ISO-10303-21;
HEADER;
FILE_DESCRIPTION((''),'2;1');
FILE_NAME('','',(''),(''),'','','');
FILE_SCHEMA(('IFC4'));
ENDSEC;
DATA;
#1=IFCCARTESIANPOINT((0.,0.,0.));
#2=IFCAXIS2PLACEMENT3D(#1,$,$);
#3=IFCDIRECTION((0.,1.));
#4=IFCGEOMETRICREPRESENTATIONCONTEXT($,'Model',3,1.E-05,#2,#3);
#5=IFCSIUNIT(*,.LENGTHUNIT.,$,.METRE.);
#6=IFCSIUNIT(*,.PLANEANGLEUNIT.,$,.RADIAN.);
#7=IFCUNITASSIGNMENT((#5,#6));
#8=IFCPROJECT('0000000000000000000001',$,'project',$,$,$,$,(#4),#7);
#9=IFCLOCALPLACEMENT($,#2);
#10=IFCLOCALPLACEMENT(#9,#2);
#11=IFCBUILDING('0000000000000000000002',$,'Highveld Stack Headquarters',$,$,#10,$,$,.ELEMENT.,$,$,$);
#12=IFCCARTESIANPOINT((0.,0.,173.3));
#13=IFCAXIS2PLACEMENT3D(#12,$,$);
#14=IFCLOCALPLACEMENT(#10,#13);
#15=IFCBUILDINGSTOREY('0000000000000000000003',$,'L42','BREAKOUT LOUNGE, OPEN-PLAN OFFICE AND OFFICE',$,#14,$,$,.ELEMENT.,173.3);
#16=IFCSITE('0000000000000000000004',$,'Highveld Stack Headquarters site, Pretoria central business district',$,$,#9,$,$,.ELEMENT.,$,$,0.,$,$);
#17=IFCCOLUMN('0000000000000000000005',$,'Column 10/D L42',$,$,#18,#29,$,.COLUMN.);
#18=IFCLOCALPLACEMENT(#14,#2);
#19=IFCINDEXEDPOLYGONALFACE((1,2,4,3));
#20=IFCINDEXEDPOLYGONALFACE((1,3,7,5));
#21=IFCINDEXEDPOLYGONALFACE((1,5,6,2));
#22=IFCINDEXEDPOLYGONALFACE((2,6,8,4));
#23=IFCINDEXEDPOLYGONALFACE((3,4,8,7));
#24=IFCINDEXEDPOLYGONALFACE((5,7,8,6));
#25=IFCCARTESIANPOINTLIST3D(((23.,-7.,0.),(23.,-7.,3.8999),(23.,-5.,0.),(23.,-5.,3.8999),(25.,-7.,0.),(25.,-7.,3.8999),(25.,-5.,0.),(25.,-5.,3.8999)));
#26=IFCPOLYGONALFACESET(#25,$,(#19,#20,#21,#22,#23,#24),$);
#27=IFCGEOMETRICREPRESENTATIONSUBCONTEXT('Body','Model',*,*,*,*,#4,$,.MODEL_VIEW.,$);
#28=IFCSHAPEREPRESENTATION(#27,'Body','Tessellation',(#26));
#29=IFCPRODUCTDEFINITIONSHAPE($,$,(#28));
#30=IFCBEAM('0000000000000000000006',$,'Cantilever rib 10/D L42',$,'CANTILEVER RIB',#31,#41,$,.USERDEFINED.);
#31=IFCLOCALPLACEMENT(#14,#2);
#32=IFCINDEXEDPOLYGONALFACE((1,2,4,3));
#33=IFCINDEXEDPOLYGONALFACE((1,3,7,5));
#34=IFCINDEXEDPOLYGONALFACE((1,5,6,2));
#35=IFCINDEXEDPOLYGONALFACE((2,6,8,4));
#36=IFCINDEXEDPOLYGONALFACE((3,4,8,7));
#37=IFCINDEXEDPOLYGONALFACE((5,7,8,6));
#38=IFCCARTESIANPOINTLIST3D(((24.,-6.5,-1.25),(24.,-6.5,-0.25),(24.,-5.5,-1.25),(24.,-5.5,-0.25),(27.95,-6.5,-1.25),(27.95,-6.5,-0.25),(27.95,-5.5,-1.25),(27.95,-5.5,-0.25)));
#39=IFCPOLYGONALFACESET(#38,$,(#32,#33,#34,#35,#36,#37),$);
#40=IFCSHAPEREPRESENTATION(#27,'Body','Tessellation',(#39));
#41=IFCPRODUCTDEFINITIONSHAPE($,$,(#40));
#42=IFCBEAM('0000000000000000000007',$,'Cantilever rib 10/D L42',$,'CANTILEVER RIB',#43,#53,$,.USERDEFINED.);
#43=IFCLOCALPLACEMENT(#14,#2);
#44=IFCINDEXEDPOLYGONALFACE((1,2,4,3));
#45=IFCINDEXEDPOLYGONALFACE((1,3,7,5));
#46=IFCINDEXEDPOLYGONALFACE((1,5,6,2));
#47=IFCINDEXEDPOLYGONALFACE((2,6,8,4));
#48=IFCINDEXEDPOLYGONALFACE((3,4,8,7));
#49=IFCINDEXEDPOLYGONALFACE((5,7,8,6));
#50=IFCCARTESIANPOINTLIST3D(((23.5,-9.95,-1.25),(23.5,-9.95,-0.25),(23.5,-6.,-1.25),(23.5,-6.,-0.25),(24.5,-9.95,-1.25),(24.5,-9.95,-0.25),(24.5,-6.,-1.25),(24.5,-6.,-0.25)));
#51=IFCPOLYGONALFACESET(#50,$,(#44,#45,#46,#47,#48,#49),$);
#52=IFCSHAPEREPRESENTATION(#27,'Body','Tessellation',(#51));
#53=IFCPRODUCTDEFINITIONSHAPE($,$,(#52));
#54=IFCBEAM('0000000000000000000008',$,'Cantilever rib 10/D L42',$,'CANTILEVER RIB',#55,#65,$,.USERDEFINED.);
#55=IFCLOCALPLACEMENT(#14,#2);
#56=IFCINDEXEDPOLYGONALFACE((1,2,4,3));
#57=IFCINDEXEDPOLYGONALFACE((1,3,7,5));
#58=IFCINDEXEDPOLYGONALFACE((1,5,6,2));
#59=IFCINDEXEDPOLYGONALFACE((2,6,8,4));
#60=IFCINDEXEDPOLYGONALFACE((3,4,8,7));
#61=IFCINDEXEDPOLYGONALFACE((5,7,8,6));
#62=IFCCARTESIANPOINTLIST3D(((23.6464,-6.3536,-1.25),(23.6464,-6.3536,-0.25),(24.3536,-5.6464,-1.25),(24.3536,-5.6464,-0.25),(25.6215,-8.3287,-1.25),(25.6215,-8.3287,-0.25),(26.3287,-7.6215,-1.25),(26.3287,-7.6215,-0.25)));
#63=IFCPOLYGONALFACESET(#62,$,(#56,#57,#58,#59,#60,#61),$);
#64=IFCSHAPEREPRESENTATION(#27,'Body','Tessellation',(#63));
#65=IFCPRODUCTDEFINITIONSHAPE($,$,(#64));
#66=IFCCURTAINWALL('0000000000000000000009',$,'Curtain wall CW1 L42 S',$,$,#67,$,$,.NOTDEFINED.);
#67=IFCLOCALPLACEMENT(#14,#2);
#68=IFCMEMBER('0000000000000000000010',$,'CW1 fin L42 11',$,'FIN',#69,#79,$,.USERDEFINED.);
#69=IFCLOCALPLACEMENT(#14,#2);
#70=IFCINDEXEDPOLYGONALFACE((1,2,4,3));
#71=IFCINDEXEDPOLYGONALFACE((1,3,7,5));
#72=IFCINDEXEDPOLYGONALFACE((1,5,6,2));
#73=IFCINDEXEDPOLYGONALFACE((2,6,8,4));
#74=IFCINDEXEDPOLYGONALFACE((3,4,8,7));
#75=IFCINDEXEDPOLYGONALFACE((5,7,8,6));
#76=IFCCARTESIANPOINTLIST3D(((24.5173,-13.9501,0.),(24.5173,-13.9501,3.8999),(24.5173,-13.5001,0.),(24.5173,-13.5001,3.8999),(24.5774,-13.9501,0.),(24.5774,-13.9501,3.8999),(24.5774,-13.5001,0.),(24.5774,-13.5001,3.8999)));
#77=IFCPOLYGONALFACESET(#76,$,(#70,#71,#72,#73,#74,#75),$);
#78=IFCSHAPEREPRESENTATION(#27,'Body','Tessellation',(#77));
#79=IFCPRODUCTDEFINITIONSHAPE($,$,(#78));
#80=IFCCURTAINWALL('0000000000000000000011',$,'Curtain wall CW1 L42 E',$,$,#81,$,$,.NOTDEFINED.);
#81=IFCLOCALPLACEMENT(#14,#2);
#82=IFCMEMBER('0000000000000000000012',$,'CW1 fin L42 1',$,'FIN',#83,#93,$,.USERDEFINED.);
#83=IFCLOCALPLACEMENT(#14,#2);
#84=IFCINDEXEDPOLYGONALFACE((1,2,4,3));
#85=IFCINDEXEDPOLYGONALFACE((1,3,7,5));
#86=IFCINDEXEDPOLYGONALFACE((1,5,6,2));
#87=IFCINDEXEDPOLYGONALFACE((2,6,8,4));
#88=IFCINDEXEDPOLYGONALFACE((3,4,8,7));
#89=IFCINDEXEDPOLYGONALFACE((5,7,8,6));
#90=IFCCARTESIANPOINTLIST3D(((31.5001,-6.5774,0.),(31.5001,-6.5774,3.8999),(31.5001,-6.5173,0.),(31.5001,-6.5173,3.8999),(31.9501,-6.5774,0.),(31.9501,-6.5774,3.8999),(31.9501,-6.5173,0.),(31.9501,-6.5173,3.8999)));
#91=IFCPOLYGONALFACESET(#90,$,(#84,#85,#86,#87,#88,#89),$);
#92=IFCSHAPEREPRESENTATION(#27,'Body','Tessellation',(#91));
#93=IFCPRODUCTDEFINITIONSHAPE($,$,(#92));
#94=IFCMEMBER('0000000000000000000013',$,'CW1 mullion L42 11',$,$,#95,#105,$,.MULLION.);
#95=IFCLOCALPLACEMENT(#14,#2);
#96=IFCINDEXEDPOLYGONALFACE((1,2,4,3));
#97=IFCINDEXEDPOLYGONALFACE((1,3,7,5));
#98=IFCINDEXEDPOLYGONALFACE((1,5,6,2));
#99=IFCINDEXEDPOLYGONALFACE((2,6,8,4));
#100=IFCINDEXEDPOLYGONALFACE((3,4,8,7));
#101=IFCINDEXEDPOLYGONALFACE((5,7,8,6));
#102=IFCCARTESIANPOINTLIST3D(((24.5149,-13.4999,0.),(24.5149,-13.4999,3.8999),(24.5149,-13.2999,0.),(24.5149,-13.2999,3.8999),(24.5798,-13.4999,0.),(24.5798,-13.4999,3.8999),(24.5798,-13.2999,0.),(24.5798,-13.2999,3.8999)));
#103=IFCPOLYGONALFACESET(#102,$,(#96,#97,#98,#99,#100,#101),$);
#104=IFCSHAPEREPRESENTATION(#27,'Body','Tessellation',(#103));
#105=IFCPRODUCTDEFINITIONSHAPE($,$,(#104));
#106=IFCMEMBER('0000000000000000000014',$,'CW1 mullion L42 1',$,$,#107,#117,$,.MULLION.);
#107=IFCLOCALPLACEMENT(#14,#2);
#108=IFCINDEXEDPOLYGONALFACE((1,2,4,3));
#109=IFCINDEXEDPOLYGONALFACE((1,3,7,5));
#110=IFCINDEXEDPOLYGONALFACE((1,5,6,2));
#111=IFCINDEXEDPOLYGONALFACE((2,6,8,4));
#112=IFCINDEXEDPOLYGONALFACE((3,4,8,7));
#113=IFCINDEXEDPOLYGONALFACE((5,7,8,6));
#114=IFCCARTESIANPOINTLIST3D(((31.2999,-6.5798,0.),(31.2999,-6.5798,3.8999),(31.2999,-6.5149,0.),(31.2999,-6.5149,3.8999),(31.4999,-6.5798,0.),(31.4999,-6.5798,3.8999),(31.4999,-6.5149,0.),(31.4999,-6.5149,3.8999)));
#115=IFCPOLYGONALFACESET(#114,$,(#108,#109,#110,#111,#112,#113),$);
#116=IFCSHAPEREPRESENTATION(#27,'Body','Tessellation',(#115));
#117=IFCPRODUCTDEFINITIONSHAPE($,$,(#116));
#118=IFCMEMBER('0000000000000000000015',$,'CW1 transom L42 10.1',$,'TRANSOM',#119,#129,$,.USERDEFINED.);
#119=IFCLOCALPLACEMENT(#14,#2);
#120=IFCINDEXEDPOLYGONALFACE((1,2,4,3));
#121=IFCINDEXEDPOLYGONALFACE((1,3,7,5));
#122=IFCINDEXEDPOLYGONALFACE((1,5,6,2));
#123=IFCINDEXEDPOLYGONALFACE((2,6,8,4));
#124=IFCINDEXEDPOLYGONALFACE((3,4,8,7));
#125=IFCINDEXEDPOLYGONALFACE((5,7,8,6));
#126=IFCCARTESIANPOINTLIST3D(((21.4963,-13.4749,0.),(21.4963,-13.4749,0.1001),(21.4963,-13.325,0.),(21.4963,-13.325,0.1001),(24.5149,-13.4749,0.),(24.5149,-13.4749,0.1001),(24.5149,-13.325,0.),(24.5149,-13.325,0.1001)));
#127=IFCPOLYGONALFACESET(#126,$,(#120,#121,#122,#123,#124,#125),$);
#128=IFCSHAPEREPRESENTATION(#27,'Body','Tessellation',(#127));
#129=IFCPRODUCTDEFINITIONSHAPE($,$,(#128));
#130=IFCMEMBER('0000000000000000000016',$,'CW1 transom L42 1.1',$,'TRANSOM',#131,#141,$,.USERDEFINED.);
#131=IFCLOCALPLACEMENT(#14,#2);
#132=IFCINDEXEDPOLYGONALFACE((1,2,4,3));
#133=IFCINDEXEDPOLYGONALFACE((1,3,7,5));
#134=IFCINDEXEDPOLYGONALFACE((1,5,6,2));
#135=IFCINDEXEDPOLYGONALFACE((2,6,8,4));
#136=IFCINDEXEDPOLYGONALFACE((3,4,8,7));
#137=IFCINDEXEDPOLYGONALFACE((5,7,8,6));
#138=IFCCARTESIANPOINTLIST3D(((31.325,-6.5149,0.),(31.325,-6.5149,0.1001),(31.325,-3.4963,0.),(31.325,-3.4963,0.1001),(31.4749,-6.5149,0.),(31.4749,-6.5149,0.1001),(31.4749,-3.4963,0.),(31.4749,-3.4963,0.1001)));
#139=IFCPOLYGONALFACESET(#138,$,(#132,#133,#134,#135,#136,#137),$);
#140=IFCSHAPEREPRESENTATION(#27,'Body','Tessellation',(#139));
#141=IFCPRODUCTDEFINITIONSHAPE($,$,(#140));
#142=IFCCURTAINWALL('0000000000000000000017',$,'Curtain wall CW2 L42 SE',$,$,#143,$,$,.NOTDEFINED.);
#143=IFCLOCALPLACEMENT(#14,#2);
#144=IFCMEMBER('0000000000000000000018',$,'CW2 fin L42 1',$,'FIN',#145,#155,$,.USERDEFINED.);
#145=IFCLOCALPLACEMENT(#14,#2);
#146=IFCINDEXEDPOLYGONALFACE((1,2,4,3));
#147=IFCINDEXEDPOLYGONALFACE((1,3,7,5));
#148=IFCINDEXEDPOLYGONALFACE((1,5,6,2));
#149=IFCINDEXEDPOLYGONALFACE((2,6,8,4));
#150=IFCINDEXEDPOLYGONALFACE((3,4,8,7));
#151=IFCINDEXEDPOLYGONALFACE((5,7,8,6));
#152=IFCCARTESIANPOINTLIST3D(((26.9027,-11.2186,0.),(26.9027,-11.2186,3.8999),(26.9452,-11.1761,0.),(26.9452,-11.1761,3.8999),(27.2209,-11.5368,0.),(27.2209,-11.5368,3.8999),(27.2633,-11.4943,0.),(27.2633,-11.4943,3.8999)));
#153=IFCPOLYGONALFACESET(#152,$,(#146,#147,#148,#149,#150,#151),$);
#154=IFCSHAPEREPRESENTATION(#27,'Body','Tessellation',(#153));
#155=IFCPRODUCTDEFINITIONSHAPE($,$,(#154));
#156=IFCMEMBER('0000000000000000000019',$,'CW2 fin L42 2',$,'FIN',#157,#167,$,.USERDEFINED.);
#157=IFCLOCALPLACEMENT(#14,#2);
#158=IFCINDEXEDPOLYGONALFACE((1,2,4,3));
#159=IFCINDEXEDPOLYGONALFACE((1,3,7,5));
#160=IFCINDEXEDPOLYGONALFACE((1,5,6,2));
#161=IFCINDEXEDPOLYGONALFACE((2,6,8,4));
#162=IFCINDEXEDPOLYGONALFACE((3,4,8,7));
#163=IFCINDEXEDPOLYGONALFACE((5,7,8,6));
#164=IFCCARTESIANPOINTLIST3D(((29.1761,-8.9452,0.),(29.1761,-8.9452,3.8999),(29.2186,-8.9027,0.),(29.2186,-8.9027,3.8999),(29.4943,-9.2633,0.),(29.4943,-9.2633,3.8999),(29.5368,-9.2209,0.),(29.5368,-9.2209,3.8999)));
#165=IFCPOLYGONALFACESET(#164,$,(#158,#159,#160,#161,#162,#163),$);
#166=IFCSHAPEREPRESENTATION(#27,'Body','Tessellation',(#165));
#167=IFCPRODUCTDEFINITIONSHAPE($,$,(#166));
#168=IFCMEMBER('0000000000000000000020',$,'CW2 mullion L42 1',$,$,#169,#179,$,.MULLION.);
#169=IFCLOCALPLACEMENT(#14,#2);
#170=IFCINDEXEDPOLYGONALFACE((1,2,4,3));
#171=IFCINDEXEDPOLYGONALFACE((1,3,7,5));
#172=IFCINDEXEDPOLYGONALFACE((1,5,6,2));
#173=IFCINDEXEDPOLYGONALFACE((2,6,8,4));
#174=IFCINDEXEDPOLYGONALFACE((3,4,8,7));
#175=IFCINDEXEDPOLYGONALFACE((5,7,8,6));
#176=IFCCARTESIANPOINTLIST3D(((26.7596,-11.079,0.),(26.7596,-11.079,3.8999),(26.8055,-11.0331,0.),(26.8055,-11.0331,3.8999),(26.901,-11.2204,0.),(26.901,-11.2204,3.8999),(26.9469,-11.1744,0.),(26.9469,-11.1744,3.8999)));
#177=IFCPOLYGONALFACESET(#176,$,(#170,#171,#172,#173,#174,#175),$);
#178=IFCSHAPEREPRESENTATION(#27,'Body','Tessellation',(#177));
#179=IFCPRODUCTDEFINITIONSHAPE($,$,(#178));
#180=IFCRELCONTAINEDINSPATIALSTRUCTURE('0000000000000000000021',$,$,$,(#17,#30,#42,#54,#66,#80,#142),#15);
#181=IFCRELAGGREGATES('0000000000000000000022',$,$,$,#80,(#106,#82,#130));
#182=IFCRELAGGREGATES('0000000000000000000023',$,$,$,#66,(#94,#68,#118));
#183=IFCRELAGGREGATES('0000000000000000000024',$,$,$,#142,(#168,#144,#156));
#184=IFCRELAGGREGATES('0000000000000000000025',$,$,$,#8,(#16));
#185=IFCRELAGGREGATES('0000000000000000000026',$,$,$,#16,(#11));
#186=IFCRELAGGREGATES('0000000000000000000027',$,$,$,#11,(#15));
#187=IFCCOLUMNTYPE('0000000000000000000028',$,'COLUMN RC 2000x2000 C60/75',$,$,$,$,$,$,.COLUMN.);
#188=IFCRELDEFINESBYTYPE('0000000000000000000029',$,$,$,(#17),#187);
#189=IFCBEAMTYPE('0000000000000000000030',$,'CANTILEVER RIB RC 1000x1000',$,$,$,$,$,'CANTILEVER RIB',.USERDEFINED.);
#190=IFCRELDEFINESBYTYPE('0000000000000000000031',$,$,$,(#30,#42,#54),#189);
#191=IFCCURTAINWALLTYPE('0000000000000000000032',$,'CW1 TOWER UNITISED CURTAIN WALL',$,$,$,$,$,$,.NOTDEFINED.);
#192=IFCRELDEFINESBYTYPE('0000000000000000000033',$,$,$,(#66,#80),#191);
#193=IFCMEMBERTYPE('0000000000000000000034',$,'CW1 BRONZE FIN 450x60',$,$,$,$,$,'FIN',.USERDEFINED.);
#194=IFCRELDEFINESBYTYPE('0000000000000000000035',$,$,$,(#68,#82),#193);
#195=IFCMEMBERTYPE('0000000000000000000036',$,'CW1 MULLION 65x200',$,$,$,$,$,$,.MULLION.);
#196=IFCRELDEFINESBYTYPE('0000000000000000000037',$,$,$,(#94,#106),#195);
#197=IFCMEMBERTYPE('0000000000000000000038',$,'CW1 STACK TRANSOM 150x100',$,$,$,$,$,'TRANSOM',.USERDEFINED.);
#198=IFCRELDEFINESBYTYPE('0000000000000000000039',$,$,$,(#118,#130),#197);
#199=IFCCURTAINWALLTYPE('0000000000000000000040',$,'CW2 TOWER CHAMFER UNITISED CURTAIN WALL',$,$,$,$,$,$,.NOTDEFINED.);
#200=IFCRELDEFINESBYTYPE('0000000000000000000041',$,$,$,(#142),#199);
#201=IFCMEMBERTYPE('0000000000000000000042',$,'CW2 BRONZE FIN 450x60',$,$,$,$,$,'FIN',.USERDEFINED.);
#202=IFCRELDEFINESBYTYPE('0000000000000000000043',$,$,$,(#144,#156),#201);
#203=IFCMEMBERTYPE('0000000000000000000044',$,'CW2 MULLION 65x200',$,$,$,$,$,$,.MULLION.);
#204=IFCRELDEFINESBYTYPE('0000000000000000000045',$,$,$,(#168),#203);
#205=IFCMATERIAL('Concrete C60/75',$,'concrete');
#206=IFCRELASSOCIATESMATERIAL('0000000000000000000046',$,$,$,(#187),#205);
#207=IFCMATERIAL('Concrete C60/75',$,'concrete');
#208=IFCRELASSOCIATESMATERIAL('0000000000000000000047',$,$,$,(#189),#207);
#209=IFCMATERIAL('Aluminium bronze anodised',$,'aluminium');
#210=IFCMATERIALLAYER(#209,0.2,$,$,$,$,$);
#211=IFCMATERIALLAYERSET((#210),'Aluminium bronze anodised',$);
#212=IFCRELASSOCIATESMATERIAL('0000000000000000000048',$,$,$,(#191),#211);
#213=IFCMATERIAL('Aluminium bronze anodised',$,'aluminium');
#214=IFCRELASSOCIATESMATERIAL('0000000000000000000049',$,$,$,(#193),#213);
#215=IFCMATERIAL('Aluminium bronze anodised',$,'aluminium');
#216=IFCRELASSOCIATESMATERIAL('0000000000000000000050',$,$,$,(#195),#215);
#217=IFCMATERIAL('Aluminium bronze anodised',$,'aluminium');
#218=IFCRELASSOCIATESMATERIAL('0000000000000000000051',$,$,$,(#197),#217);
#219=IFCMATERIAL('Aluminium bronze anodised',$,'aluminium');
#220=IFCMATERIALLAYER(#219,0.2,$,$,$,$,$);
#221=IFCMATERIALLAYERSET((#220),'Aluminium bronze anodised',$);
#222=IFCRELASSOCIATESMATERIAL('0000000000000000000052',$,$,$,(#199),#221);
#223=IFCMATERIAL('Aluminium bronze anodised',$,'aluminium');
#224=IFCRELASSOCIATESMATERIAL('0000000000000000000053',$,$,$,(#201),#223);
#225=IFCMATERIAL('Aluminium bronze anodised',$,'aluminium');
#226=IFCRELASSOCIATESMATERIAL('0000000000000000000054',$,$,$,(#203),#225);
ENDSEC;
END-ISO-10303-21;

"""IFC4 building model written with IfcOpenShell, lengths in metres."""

from ifc_helpers import new_model, si_unit, direction, frame, origin, origin_2d, place, context, subcontext, project, spatial, rectangle, extrude, material, layer, layer_set, material_profile, profile_set, type_object, element, aggregate, save


model = new_model("IFC4")

# Units and contexts
model_context = context("Model", 3, precision=1e-05, world=origin(), true_north=direction((0.0, 1.0)))
body_context = subcontext(model_context, "Body", "Model", "MODEL_VIEW")
ifc_project = project(units=[si_unit("LENGTHUNIT", "METRE"), si_unit("PLANEANGLEUNIT", "RADIAN")], contexts=[model_context])

# Site, building, storey
site_placement = place(None, origin())
site = spatial("IfcSite", under=ifc_project, at=site_placement, Name="Highveld Stack Headquarters site, Pretoria central business district", CompositionType="ELEMENT", RefElevation=0.0)
building_placement = place(site_placement, origin())
building = spatial("IfcBuilding", under=site, at=building_placement, Name="Highveld Stack Headquarters", CompositionType="ELEMENT")
storey_placement = place(building_placement, frame((0.0, 0.0, 173.3)))
storey = spatial("IfcBuildingStorey", under=building, at=storey_placement, Name="L42", Description="BREAKOUT LOUNGE, OPEN-PLAN OFFICE AND OFFICE", CompositionType="ELEMENT", Elevation=173.3)

# Column
ifc_material_1 = material(Name="Concrete C60/75", Category="concrete")
ifc_material_profile_1 = material_profile(ifc_material_1, rectangle(XDim=2.0, YDim=2.0, at=origin_2d()), Name="RC 2000x2000")
ifc_profile_set_1 = profile_set([ifc_material_profile_1], Name="Concrete C60/75")
column_type = type_object("IfcColumnType", Name="COLUMN RC 2000x2000 C60/75", PredefinedType="COLUMN", material=ifc_profile_set_1)
column_placement = place(storey_placement, frame((24.0, -6.0, 0.0), z_axis=(0.0, 0.0, 1.0), x_axis=(1.0, 0.0, 0.0)))
element("IfcColumn", 1, at=column_placement, inside=storey, type_object=column_type, Name="Column 10/D L42", PredefinedType="COLUMN", context=body_context, shape_type="SweptSolid", body=[
    extrude(rectangle(XDim=2.0, YDim=2.0, at=origin_2d()), origin(), (0.0, 0.0, 1.0), 3.8999),
])

# Beams
ifc_material_2 = material(Name="Concrete C60/75", Category="concrete")
ifc_material_profile_2 = material_profile(ifc_material_2, rectangle(XDim=1.0, YDim=1.0, at=origin_2d()), Name="RC 1000x1000")
ifc_profile_set_2 = profile_set([ifc_material_profile_2], Name="Concrete C60/75")
beam_type_1 = type_object("IfcBeamType", Name="CANTILEVER RIB RC 1000x1000", ElementType="CANTILEVER RIB", PredefinedType="USERDEFINED", material=ifc_profile_set_2)
for number, where, z_axis, x_axis, name in (
    (2, (24.0, -6.0, -0.75), (1.0, 0.0, 0.0), (0.0, 1.0, 0.0), "Cantilever rib 10/D L42"),
    (3, (24.0, -6.0, -0.75), (0.0, -1.0, 0.0), (1.0, 0.0, 0.0), "Cantilever rib 10/D L42"),
):
    element("IfcBeam", number, at=place(storey_placement, frame(where, z_axis=z_axis, x_axis=x_axis)), inside=storey, type_object=beam_type_1, Name=name, ObjectType="CANTILEVER RIB", PredefinedType="USERDEFINED", context=body_context, shape_type="SweptSolid", body=[
        extrude(rectangle(XDim=1.0, YDim=1.0, at=origin_2d()), origin(), (0.0, 0.0, 1.0), 3.95),
    ])
beam_1_placement = place(storey_placement, frame((24.0, -6.0, -0.75), z_axis=(0.707107, -0.707107, 0.0), x_axis=(0.707107, 0.707107, 0.0)))
element("IfcBeam", 4, at=beam_1_placement, inside=storey, type_object=beam_type_1, Name="Cantilever rib 10/D L42", ObjectType="CANTILEVER RIB", PredefinedType="USERDEFINED", context=body_context, shape_type="SweptSolid", body=[
    extrude(rectangle(XDim=1.0, YDim=1.0, at=origin_2d()), origin(), (0.0, 0.0, 1.0), 2.7932),
])

# Curtain walls, members
ifc_material_3 = material(Name="Aluminium bronze anodised", Category="aluminium")
ifc_layer_1 = layer(ifc_material_3, 0.2)
ifc_layer_set_1 = layer_set([ifc_layer_1], Name="Aluminium bronze anodised")
curtain_wall_type_1 = type_object("IfcCurtainWallType", Name="CW1 TOWER UNITISED CURTAIN WALL", PredefinedType="NOTDEFINED", material=ifc_layer_set_1)
curtain_wall_1_placement = place(storey_placement, origin())
curtain_wall_1 = element("IfcCurtainWall", 5, at=curtain_wall_1_placement, inside=storey, type_object=curtain_wall_type_1, Name="Curtain wall CW1 L42 S", PredefinedType="NOTDEFINED")
ifc_material_4 = material(Name="Aluminium bronze anodised", Category="aluminium")
ifc_material_profile_3 = material_profile(ifc_material_4, rectangle(XDim=0.45, YDim=0.0601, at=origin_2d()), Name="FIN 450x60")
ifc_profile_set_3 = profile_set([ifc_material_profile_3], Name="Aluminium bronze anodised")
member_type_1 = type_object("IfcMemberType", Name="CW1 BRONZE FIN 450x60", ElementType="FIN", PredefinedType="USERDEFINED", material=ifc_profile_set_3)
member_1_placement = place(storey_placement, frame((24.5474, -13.7251, 0.0), z_axis=(0.0, 0.0, 1.0), x_axis=(0.0, 1.0, 0.0)))
member_1 = element("IfcMember", 6, at=member_1_placement, type_object=member_type_1, Name="CW1 fin L42 11", ObjectType="FIN", PredefinedType="USERDEFINED", context=body_context, shape_type="SweptSolid", body=[
    extrude(rectangle(XDim=0.45, YDim=0.0601, at=origin_2d()), origin(), (0.0, 0.0, 1.0), 3.8999),
])
curtain_wall_2_placement = place(storey_placement, origin())
curtain_wall_2 = element("IfcCurtainWall", 7, at=curtain_wall_2_placement, inside=storey, type_object=curtain_wall_type_1, Name="Curtain wall CW1 L42 E", PredefinedType="NOTDEFINED")
member_2_placement = place(storey_placement, frame((31.7251, -6.5474, 0.0), z_axis=(0.0, 0.0, 1.0), x_axis=(-1.0, 0.0, 0.0)))
member_2 = element("IfcMember", 8, at=member_2_placement, type_object=member_type_1, Name="CW1 fin L42 1", ObjectType="FIN", PredefinedType="USERDEFINED", context=body_context, shape_type="SweptSolid", body=[
    extrude(rectangle(XDim=0.45, YDim=0.0601, at=origin_2d()), origin(), (0.0, 0.0, 1.0), 3.8999),
])

# Members
ifc_material_5 = material(Name="Aluminium bronze anodised", Category="aluminium")
ifc_material_profile_4 = material_profile(ifc_material_5, rectangle(XDim=0.2, YDim=0.0649, at=origin_2d()), Name="CW1 MULLION 65x200")
ifc_profile_set_4 = profile_set([ifc_material_profile_4], Name="Aluminium bronze anodised")
member_type_2 = type_object("IfcMemberType", Name="CW1 MULLION 65x200", PredefinedType="MULLION", material=ifc_profile_set_4)
member_3_placement = place(storey_placement, frame((24.5474, -13.3999, 0.0), z_axis=(0.0, 0.0, 1.0), x_axis=(0.0, 1.0, 0.0)))
member_3 = element("IfcMember", 9, at=member_3_placement, type_object=member_type_2, Name="CW1 mullion L42 11", PredefinedType="MULLION", context=body_context, shape_type="SweptSolid", body=[
    extrude(rectangle(XDim=0.2, YDim=0.0649, at=origin_2d()), origin(), (0.0, 0.0, 1.0), 3.8999),
])
member_4_placement = place(storey_placement, frame((31.3999, -6.5474, 0.0), z_axis=(0.0, 0.0, 1.0), x_axis=(-1.0, 0.0, 0.0)))
member_4 = element("IfcMember", 10, at=member_4_placement, type_object=member_type_2, Name="CW1 mullion L42 1", PredefinedType="MULLION", context=body_context, shape_type="SweptSolid", body=[
    extrude(rectangle(XDim=0.2, YDim=0.0649, at=origin_2d()), origin(), (0.0, 0.0, 1.0), 3.8999),
])
ifc_material_6 = material(Name="Aluminium bronze anodised", Category="aluminium")
ifc_material_profile_5 = material_profile(ifc_material_6, rectangle(XDim=0.1499, YDim=0.1001, at=origin_2d()), Name="CW1 TRANSOM 150x100")
ifc_profile_set_5 = profile_set([ifc_material_profile_5], Name="Aluminium bronze anodised")
member_type_3 = type_object("IfcMemberType", Name="CW1 STACK TRANSOM 150x100", ElementType="TRANSOM", PredefinedType="USERDEFINED", material=ifc_profile_set_5)
member_5_placement = place(storey_placement, frame((21.4963, -13.3999, 0.05), z_axis=(1.0, 0.0, 0.0), x_axis=(0.0, 1.0, 0.0)))
member_5 = element("IfcMember", 11, at=member_5_placement, type_object=member_type_3, Name="CW1 transom L42 10.1", ObjectType="TRANSOM", PredefinedType="USERDEFINED", context=body_context, shape_type="SweptSolid", body=[
    extrude(rectangle(XDim=0.1499, YDim=0.1001, at=origin_2d()), origin(), (0.0, 0.0, 1.0), 3.0186),
])
member_6_placement = place(storey_placement, frame((31.3999, -6.5149, 0.05), z_axis=(0.0, 1.0, 0.0), x_axis=(-1.0, 0.0, 0.0)))
member_6 = element("IfcMember", 12, at=member_6_placement, type_object=member_type_3, Name="CW1 transom L42 1.1", ObjectType="TRANSOM", PredefinedType="USERDEFINED", context=body_context, shape_type="SweptSolid", body=[
    extrude(rectangle(XDim=0.1499, YDim=0.1001, at=origin_2d()), origin(), (0.0, 0.0, 1.0), 3.0186),
])
aggregate(curtain_wall_2, [member_4, member_2, member_6])

# Curtain wall, members
ifc_material_7 = material(Name="Aluminium bronze anodised", Category="aluminium")
ifc_layer_2 = layer(ifc_material_7, 0.2)
ifc_layer_set_2 = layer_set([ifc_layer_2], Name="Aluminium bronze anodised")
curtain_wall_type_2 = type_object("IfcCurtainWallType", Name="CW2 TOWER CHAMFER UNITISED CURTAIN WALL", PredefinedType="NOTDEFINED", material=ifc_layer_set_2)
curtain_wall_3_placement = place(storey_placement, origin())
curtain_wall_3 = element("IfcCurtainWall", 13, at=curtain_wall_3_placement, inside=storey, type_object=curtain_wall_type_2, Name="Curtain wall CW2 L42 SE", PredefinedType="NOTDEFINED")
ifc_material_8 = material(Name="Aluminium bronze anodised", Category="aluminium")
ifc_material_profile_6 = material_profile(ifc_material_8, rectangle(XDim=0.45, YDim=0.0601, at=origin_2d()), Name="FIN 450x60")
ifc_profile_set_6 = profile_set([ifc_material_profile_6], Name="Aluminium bronze anodised")
member_type_4 = type_object("IfcMemberType", Name="CW2 BRONZE FIN 450x60", ElementType="FIN", PredefinedType="USERDEFINED", material=ifc_profile_set_6)
member_7_placement = place(storey_placement, frame((27.083, -11.3564, 0.0), z_axis=(0.0, 0.0, 1.0), x_axis=(-0.707107, 0.707107, 0.0)))
member_7 = element("IfcMember", 14, at=member_7_placement, type_object=member_type_4, Name="CW2 fin L42 1", ObjectType="FIN", PredefinedType="USERDEFINED", context=body_context, shape_type="SweptSolid", body=[
    extrude(rectangle(XDim=0.45, YDim=0.0601, at=origin_2d()), origin(), (0.0, 0.0, 1.0), 3.8999),
])
member_8_placement = place(storey_placement, frame((29.3564, -9.083, 0.0), z_axis=(0.0, 0.0, 1.0), x_axis=(-0.707107, 0.707107, 0.0)))
member_8 = element("IfcMember", 15, at=member_8_placement, type_object=member_type_4, Name="CW2 fin L42 2", ObjectType="FIN", PredefinedType="USERDEFINED", context=body_context, shape_type="SweptSolid", body=[
    extrude(rectangle(XDim=0.45, YDim=0.0601, at=origin_2d()), origin(), (0.0, 0.0, 1.0), 3.8999),
])
ifc_material_9 = material(Name="Aluminium bronze anodised", Category="aluminium")
ifc_material_profile_7 = material_profile(ifc_material_9, rectangle(XDim=0.2, YDim=0.0649, at=origin_2d()), Name="CW2 MULLION 65x200")
ifc_profile_set_7 = profile_set([ifc_material_profile_7], Name="Aluminium bronze anodised")
member_type_5 = type_object("IfcMemberType", Name="CW2 MULLION 65x200", PredefinedType="MULLION", material=ifc_profile_set_7)
member_9_placement = place(storey_placement, frame((26.8533, -11.1267, 0.0), z_axis=(0.0, 0.0, 1.0), x_axis=(-0.707107, 0.707107, 0.0)))
member_9 = element("IfcMember", 16, at=member_9_placement, type_object=member_type_5, Name="CW2 mullion L42 1", PredefinedType="MULLION", context=body_context, shape_type="SweptSolid", body=[
    extrude(rectangle(XDim=0.2, YDim=0.0649, at=origin_2d()), origin(), (0.0, 0.0, 1.0), 3.8999),
])

aggregate(curtain_wall_1, [member_3, member_1, member_5])
aggregate(curtain_wall_3, [member_9, member_7, member_8])

save(model, "model.ifc")
